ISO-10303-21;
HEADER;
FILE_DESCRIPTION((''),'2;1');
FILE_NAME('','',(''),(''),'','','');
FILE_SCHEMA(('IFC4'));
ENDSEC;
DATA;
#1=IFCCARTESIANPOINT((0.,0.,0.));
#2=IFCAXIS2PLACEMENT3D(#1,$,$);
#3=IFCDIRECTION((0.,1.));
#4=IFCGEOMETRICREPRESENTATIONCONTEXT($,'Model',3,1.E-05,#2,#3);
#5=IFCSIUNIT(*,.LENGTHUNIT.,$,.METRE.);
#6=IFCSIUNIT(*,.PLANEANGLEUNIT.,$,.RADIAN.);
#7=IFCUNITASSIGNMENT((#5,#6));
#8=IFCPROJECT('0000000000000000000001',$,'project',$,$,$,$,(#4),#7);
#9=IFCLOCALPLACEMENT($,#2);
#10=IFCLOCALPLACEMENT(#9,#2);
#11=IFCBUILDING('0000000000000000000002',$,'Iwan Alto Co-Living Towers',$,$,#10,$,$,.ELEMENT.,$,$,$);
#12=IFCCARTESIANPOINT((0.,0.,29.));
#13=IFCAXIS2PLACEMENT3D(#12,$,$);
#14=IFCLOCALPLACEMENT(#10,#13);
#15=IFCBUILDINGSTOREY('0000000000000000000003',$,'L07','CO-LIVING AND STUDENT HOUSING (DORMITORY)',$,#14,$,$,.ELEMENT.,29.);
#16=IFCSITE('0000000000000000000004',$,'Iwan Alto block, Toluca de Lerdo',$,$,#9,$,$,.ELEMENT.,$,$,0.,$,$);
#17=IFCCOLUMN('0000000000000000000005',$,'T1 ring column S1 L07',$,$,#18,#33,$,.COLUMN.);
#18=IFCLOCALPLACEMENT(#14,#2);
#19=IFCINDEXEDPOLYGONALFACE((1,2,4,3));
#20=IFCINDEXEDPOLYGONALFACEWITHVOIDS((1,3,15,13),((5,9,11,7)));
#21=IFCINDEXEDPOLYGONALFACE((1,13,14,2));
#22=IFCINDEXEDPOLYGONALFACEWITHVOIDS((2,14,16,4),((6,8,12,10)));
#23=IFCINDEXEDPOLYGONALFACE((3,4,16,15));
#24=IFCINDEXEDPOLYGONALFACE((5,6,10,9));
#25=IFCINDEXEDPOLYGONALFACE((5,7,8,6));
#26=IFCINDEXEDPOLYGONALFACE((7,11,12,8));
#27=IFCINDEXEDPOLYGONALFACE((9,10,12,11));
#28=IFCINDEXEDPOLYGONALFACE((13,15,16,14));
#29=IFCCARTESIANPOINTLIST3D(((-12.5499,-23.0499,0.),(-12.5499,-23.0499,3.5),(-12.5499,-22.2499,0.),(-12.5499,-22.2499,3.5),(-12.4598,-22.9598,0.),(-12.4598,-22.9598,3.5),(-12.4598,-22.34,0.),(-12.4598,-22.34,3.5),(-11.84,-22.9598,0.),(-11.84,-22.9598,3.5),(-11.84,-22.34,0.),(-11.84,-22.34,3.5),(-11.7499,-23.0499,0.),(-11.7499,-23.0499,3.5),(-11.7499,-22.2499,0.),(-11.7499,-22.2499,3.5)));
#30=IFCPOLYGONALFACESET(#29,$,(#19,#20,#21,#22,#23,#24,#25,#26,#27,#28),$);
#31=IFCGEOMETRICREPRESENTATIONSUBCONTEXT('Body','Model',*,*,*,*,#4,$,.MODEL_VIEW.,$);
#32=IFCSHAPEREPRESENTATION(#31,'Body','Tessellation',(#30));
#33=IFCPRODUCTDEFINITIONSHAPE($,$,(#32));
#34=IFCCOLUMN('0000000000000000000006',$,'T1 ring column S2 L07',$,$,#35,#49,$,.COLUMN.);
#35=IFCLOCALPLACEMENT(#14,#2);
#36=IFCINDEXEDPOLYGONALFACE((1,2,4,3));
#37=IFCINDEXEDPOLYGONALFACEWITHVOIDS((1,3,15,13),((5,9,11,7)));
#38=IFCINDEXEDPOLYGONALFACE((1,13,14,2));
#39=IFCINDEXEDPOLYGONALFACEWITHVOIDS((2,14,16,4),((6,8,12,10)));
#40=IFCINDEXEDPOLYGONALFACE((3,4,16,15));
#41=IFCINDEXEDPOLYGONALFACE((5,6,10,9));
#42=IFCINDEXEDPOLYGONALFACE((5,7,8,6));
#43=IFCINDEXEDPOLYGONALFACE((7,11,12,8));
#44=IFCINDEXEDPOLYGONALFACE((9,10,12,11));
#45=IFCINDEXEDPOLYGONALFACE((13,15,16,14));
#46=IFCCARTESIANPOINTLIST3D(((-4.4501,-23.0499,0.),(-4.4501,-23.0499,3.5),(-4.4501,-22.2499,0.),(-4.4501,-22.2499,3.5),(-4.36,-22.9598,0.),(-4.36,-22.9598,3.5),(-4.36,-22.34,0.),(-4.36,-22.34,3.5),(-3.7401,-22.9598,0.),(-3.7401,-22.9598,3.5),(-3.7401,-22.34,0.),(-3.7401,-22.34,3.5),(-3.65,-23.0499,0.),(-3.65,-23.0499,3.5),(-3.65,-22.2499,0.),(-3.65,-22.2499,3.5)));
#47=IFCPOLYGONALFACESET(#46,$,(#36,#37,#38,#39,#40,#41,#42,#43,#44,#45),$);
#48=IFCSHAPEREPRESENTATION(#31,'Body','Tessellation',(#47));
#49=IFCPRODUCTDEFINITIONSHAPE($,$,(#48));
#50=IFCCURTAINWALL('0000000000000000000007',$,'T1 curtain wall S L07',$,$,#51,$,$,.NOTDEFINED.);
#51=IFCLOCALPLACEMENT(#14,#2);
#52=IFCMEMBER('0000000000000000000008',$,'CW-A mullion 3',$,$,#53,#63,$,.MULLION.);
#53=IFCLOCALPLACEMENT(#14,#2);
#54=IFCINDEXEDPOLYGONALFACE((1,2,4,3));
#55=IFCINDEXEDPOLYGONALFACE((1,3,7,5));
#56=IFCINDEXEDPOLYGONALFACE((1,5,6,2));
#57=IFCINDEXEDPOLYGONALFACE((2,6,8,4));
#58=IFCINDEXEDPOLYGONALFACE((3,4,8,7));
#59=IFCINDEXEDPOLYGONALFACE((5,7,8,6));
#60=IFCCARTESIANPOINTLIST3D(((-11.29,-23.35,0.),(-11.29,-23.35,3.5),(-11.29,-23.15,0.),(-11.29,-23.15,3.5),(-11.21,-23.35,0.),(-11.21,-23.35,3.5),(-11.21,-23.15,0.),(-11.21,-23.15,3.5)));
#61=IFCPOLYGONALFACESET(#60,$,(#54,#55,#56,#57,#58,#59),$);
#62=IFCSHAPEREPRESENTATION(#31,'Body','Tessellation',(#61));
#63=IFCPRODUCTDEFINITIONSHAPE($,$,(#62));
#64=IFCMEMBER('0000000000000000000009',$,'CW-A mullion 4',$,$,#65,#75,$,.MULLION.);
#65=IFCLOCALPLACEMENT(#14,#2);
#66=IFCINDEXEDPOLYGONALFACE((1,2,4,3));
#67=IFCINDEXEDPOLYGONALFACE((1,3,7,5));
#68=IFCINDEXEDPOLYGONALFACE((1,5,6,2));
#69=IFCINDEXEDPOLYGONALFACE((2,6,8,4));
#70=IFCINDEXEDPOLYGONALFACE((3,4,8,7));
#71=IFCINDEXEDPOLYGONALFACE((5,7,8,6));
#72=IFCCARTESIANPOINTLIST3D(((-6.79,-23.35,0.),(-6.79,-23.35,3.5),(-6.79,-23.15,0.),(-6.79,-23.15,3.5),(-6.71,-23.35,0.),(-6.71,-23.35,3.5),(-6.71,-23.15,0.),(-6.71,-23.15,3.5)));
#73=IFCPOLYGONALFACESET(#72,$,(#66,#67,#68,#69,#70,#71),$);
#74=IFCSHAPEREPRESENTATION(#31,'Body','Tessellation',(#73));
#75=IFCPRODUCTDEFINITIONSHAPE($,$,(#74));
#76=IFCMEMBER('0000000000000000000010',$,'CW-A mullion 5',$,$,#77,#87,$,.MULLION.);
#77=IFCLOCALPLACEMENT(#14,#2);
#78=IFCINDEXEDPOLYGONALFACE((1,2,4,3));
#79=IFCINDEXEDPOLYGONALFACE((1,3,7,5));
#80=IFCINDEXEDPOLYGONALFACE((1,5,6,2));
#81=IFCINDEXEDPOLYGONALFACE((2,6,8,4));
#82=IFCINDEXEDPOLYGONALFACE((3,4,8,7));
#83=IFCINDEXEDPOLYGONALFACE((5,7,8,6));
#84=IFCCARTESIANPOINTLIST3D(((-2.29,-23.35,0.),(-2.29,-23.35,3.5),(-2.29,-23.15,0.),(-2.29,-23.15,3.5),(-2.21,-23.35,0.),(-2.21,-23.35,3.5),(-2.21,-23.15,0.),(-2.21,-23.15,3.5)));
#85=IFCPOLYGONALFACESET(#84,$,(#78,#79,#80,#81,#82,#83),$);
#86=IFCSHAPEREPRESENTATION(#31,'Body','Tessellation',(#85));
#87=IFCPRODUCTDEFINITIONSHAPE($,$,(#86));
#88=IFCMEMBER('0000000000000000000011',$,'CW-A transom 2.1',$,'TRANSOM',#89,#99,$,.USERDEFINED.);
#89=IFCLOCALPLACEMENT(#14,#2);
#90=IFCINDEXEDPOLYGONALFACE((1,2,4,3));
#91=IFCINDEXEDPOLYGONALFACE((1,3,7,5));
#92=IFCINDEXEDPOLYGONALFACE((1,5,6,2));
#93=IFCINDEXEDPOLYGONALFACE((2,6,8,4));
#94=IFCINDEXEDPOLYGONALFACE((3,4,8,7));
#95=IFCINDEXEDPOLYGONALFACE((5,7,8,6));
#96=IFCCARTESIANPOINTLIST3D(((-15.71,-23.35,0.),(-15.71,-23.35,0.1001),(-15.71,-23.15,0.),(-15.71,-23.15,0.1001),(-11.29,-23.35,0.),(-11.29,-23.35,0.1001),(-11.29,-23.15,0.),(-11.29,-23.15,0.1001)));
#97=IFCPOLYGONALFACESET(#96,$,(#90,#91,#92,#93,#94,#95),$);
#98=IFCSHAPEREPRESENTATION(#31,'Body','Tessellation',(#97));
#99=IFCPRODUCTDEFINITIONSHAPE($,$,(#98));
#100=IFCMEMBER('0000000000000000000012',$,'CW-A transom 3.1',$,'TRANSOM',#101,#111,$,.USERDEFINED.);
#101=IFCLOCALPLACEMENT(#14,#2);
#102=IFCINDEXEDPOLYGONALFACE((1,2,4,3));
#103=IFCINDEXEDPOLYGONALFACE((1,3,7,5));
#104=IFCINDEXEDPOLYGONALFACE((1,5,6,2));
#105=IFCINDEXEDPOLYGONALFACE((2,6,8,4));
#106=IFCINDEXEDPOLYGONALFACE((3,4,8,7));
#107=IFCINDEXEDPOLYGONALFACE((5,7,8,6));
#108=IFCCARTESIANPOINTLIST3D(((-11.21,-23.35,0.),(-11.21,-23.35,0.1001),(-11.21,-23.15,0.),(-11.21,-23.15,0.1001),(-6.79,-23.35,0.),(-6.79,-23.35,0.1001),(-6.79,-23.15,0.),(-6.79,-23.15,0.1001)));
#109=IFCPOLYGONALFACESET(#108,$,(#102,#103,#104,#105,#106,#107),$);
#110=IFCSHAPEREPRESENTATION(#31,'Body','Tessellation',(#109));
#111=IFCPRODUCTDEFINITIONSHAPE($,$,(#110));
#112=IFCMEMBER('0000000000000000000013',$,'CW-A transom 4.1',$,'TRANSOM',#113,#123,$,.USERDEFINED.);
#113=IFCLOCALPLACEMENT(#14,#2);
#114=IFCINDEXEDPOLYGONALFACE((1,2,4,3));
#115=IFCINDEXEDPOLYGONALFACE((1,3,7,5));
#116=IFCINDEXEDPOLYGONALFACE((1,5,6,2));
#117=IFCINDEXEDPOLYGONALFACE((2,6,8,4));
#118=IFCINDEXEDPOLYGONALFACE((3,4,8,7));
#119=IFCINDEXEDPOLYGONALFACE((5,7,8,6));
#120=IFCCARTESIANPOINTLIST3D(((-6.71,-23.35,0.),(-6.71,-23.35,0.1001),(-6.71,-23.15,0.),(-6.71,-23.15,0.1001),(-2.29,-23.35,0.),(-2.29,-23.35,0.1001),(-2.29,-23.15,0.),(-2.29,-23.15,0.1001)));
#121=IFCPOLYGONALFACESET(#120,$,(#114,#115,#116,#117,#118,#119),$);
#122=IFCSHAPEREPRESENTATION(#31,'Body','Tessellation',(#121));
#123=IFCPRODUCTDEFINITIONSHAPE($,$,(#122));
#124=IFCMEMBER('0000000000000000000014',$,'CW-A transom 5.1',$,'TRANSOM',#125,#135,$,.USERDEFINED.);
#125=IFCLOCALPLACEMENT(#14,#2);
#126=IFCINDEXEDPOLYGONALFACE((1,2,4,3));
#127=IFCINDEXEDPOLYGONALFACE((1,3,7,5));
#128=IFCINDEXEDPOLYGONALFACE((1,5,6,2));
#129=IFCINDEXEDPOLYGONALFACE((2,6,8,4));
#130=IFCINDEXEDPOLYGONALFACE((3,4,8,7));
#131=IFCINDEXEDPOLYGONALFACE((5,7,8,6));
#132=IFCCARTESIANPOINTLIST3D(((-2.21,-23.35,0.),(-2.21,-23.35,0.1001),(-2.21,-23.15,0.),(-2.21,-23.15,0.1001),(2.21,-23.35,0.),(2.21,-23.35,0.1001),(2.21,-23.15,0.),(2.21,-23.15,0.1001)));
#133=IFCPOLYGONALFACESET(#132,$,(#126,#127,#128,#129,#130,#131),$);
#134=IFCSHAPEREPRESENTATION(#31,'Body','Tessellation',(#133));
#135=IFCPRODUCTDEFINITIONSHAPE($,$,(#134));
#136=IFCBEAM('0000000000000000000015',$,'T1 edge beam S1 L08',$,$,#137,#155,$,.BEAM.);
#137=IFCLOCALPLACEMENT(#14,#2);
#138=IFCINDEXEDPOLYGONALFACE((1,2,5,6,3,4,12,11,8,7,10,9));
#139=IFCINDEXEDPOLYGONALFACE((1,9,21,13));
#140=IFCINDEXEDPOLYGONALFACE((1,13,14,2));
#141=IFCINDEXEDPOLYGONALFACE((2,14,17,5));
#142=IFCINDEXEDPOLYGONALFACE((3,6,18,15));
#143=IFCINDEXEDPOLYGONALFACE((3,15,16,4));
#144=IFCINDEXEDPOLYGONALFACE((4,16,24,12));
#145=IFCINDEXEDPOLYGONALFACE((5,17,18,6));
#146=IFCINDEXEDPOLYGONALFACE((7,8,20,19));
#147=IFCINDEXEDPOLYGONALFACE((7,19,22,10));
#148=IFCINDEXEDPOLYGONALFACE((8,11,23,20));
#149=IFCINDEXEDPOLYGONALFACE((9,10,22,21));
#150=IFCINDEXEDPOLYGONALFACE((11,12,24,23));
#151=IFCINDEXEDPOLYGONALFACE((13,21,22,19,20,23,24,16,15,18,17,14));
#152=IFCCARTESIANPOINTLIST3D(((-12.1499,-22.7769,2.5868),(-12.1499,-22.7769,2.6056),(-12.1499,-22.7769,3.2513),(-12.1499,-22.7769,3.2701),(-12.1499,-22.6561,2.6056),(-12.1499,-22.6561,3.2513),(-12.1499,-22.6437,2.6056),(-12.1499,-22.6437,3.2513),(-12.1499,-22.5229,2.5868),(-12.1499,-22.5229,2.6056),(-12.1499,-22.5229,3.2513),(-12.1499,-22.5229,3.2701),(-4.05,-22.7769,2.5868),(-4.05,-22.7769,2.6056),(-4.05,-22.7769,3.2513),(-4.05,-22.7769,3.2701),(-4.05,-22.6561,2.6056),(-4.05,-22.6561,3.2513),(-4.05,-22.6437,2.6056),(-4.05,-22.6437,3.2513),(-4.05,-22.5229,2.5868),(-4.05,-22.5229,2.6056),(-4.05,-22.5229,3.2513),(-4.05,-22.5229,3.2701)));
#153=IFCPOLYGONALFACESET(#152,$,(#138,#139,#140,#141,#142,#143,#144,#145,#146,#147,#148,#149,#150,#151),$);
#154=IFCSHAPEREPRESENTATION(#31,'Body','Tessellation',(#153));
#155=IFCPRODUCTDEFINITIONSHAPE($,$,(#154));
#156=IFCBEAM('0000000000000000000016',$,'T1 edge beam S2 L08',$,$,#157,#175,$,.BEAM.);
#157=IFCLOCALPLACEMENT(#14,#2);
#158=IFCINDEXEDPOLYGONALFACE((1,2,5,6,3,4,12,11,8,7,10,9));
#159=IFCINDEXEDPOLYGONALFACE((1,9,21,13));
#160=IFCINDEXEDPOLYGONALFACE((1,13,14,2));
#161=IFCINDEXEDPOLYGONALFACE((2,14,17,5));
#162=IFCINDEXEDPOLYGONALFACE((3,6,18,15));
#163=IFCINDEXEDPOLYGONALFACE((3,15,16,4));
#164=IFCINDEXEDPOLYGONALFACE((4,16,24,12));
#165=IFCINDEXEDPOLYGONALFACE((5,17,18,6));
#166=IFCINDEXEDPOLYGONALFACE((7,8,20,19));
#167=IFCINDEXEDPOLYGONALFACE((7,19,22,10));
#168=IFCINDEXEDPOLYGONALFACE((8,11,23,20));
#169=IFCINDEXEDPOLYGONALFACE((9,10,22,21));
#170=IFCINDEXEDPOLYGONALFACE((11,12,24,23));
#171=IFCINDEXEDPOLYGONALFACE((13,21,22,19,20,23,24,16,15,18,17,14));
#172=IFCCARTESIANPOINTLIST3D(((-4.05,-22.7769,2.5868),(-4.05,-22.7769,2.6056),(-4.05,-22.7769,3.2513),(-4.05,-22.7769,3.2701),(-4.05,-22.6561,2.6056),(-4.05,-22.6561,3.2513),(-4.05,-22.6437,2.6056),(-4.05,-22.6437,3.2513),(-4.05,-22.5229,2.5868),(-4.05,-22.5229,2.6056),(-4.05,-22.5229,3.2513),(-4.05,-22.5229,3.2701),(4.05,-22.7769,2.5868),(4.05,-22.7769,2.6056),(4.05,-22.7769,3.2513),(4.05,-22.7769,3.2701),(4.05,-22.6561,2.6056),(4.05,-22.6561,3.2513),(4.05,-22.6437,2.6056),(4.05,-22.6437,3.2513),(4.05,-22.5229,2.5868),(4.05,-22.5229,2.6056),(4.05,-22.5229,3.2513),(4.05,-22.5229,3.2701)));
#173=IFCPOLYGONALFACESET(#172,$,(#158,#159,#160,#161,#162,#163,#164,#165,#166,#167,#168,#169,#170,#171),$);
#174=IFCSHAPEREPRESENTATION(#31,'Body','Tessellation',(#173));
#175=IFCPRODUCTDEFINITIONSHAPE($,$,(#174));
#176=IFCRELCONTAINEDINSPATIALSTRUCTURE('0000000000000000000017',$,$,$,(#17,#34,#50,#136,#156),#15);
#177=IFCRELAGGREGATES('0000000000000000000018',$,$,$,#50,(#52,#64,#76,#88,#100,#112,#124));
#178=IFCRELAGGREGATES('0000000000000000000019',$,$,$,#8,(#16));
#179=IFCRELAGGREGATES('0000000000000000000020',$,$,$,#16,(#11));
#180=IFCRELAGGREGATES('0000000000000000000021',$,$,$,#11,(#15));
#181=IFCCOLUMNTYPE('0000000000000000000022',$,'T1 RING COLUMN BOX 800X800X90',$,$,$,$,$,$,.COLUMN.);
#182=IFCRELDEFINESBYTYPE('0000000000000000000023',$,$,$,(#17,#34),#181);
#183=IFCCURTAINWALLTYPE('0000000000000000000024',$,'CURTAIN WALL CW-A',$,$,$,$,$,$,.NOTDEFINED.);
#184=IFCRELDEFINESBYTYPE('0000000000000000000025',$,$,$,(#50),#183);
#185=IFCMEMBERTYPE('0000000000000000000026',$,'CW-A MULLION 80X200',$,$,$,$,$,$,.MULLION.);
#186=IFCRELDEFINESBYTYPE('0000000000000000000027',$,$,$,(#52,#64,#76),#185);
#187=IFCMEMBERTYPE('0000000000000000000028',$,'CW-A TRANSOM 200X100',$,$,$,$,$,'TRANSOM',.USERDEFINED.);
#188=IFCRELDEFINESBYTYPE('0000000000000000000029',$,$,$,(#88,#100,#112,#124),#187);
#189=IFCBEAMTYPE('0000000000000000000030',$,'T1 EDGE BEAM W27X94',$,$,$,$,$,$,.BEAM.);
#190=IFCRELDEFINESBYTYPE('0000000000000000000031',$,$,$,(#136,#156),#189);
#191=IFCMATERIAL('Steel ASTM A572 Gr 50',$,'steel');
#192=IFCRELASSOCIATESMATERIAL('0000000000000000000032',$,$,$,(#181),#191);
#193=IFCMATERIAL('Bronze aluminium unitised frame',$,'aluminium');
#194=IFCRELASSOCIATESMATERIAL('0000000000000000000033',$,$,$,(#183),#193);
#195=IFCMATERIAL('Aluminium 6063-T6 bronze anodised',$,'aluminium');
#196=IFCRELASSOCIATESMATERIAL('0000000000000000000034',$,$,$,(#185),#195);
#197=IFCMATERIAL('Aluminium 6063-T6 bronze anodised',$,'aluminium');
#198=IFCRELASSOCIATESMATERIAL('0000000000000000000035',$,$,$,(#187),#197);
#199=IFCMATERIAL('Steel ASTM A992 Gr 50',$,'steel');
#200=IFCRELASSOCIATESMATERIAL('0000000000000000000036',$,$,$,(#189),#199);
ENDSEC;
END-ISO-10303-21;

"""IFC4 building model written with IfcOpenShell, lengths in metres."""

from ifc_helpers import new_model, si_unit, direction, frame, origin, origin_2d, place, context, subcontext, project, spatial, rectangle, hollow_rectangle, i_section, extrude, material, material_profile, profile_set, type_object, element, aggregate, save


model = new_model("IFC4")

# Units and contexts
model_context = context("Model", 3, precision=1e-05, world=origin(), true_north=direction((0.0, 1.0)))
body_context = subcontext(model_context, "Body", "Model", "MODEL_VIEW")
ifc_project = project(units=[si_unit("LENGTHUNIT", "METRE"), si_unit("PLANEANGLEUNIT", "RADIAN")], contexts=[model_context])

# Site, building, storey
site_placement = place(None, origin())
site = spatial("IfcSite", under=ifc_project, at=site_placement, Name="Iwan Alto block, Toluca de Lerdo", CompositionType="ELEMENT", RefElevation=0.0)
building_placement = place(site_placement, origin())
building = spatial("IfcBuilding", under=site, at=building_placement, Name="Iwan Alto Co-Living Towers", CompositionType="ELEMENT")
storey_placement = place(building_placement, frame((0.0, 0.0, 29.0)))
storey = spatial("IfcBuildingStorey", under=building, at=storey_placement, Name="L07", Description="CO-LIVING AND STUDENT HOUSING (DORMITORY)", CompositionType="ELEMENT", Elevation=29.0)

# Columns
ifc_material_1 = material(Name="Steel ASTM A572 Gr 50", Category="steel")
ifc_material_profile_1 = material_profile(ifc_material_1, hollow_rectangle(XDim=0.8, YDim=0.8, WallThickness=0.0901, at=origin_2d()), Name="BOX 800X800X90")
ifc_profile_set_1 = profile_set([ifc_material_profile_1], Name="Steel ASTM A572 Gr 50")
column_type = type_object("IfcColumnType", Name="T1 RING COLUMN BOX 800X800X90", PredefinedType="COLUMN", material=ifc_profile_set_1)
for number, where, z_axis, x_axis, name in (
    (1, (-12.1499, -22.6499, 0.0), (0.0, 0.0, 1.0), (1.0, 0.0, 0.0), "T1 ring column S1 L07"),
    (2, (-4.05, -22.6499, 0.0), (0.0, 0.0, 1.0), (1.0, 0.0, 0.0), "T1 ring column S2 L07"),
):
    element("IfcColumn", number, at=place(storey_placement, frame(where, z_axis=z_axis, x_axis=x_axis)), inside=storey, type_object=column_type, Name=name, PredefinedType="COLUMN", context=body_context, shape_type="SweptSolid", body=[
        extrude(hollow_rectangle(XDim=0.8, YDim=0.8, WallThickness=0.0901, at=origin_2d()), origin(), (0.0, 0.0, 1.0), 3.5),
    ])

# Curtain wall, members
ifc_material_2 = material(Name="Bronze aluminium unitised frame", Category="aluminium")
curtain_wall_type = type_object("IfcCurtainWallType", Name="CURTAIN WALL CW-A", PredefinedType="NOTDEFINED", material=ifc_material_2)
curtain_wall_placement = place(storey_placement, origin())
curtain_wall = element("IfcCurtainWall", 3, at=curtain_wall_placement, inside=storey, type_object=curtain_wall_type, Name="T1 curtain wall S L07", PredefinedType="NOTDEFINED")
ifc_material_3 = material(Name="Aluminium 6063-T6 bronze anodised", Category="aluminium")
ifc_material_profile_2 = material_profile(ifc_material_3, rectangle(XDim=0.2, YDim=0.0801, at=origin_2d()), Name="AL 80X200")
ifc_profile_set_2 = profile_set([ifc_material_profile_2], Name="Aluminium 6063-T6 bronze anodised")
member_type_1 = type_object("IfcMemberType", Name="CW-A MULLION 80X200", PredefinedType="MULLION", material=ifc_profile_set_2)
member_1_placement = place(storey_placement, frame((-11.25, -23.25, 0.0), z_axis=(0.0, 0.0, 1.0), x_axis=(0.0, 1.0, 0.0)))
member_1 = element("IfcMember", 4, at=member_1_placement, type_object=member_type_1, Name="CW-A mullion 3", PredefinedType="MULLION", context=body_context, shape_type="SweptSolid", body=[
    extrude(rectangle(XDim=0.2, YDim=0.0801, at=origin_2d()), origin(), (0.0, 0.0, 1.0), 3.5),
])
member_2_placement = place(storey_placement, frame((-6.75, -23.25, 0.0), z_axis=(0.0, 0.0, 1.0), x_axis=(0.0, 1.0, 0.0)))
member_2 = element("IfcMember", 5, at=member_2_placement, type_object=member_type_1, Name="CW-A mullion 4", PredefinedType="MULLION", context=body_context, shape_type="SweptSolid", body=[
    extrude(rectangle(XDim=0.2, YDim=0.0801, at=origin_2d()), origin(), (0.0, 0.0, 1.0), 3.5),
])
member_3_placement = place(storey_placement, frame((-2.25, -23.25, 0.0), z_axis=(0.0, 0.0, 1.0), x_axis=(0.0, 1.0, 0.0)))
member_3 = element("IfcMember", 6, at=member_3_placement, type_object=member_type_1, Name="CW-A mullion 5", PredefinedType="MULLION", context=body_context, shape_type="SweptSolid", body=[
    extrude(rectangle(XDim=0.2, YDim=0.0801, at=origin_2d()), origin(), (0.0, 0.0, 1.0), 3.5),
])
ifc_material_4 = material(Name="Aluminium 6063-T6 bronze anodised", Category="aluminium")
ifc_material_profile_3 = material_profile(ifc_material_4, rectangle(XDim=0.2, YDim=0.1001, at=origin_2d()), Name="AL 200X100")
ifc_profile_set_3 = profile_set([ifc_material_profile_3], Name="Aluminium 6063-T6 bronze anodised")
member_type_2 = type_object("IfcMemberType", Name="CW-A TRANSOM 200X100", ElementType="TRANSOM", PredefinedType="USERDEFINED", material=ifc_profile_set_3)
member_4_placement = place(storey_placement, frame((-15.71, -23.25, 0.05), z_axis=(1.0, 0.0, 0.0), x_axis=(0.0, 1.0, 0.0)))
member_4 = element("IfcMember", 7, at=member_4_placement, type_object=member_type_2, Name="CW-A transom 2.1", ObjectType="TRANSOM", PredefinedType="USERDEFINED", context=body_context, shape_type="SweptSolid", body=[
    extrude(rectangle(XDim=0.2, YDim=0.1001, at=origin_2d()), origin(), (0.0, 0.0, 1.0), 4.4199),
])
member_5_placement = place(storey_placement, frame((-11.21, -23.25, 0.05), z_axis=(1.0, 0.0, 0.0), x_axis=(0.0, 1.0, 0.0)))
member_5 = element("IfcMember", 8, at=member_5_placement, type_object=member_type_2, Name="CW-A transom 3.1", ObjectType="TRANSOM", PredefinedType="USERDEFINED", context=body_context, shape_type="SweptSolid", body=[
    extrude(rectangle(XDim=0.2, YDim=0.1001, at=origin_2d()), origin(), (0.0, 0.0, 1.0), 4.4199),
])
member_6_placement = place(storey_placement, frame((-6.71, -23.25, 0.05), z_axis=(1.0, 0.0, 0.0), x_axis=(0.0, 1.0, 0.0)))
member_6 = element("IfcMember", 9, at=member_6_placement, type_object=member_type_2, Name="CW-A transom 4.1", ObjectType="TRANSOM", PredefinedType="USERDEFINED", context=body_context, shape_type="SweptSolid", body=[
    extrude(rectangle(XDim=0.2, YDim=0.1001, at=origin_2d()), origin(), (0.0, 0.0, 1.0), 4.4199),
])
member_7_placement = place(storey_placement, frame((-2.21, -23.25, 0.05), z_axis=(1.0, 0.0, 0.0), x_axis=(0.0, 1.0, 0.0)))
member_7 = element("IfcMember", 10, at=member_7_placement, type_object=member_type_2, Name="CW-A transom 5.1", ObjectType="TRANSOM", PredefinedType="USERDEFINED", context=body_context, shape_type="SweptSolid", body=[
    extrude(rectangle(XDim=0.2, YDim=0.1001, at=origin_2d()), origin(), (0.0, 0.0, 1.0), 4.4199),
])

# Beams
ifc_material_5 = material(Name="Steel ASTM A992 Gr 50", Category="steel")
ifc_material_profile_4 = material_profile(ifc_material_5, i_section(OverallWidth=0.2539, OverallDepth=0.6833, WebThickness=0.0125, FlangeThickness=0.0188, at=origin_2d()), Name="W27X94")
ifc_profile_set_4 = profile_set([ifc_material_profile_4], Name="Steel ASTM A992 Gr 50")
beam_type_1 = type_object("IfcBeamType", Name="T1 EDGE BEAM W27X94", PredefinedType="BEAM", material=ifc_profile_set_4)
beam_1_placement = place(storey_placement, frame((-12.1499, -22.6499, 2.9285), z_axis=(1.0, 0.0, 0.0), x_axis=(0.0, 1.0, 0.0)))
element("IfcBeam", 11, at=beam_1_placement, inside=storey, type_object=beam_type_1, Name="T1 edge beam S1 L08", PredefinedType="BEAM", context=body_context, shape_type="SweptSolid", body=[
    extrude(i_section(OverallWidth=0.2539, OverallDepth=0.6833, WebThickness=0.0125, FlangeThickness=0.0188, at=origin_2d()), origin(), (0.0, 0.0, 1.0), 8.0999),
])
beam_2_placement = place(storey_placement, frame((-4.05, -22.6499, 2.9285), z_axis=(1.0, 0.0, 0.0), x_axis=(0.0, 1.0, 0.0)))
element("IfcBeam", 12, at=beam_2_placement, inside=storey, type_object=beam_type_1, Name="T1 edge beam S2 L08", PredefinedType="BEAM", context=body_context, shape_type="SweptSolid", body=[
    extrude(i_section(OverallWidth=0.2539, OverallDepth=0.6833, WebThickness=0.0125, FlangeThickness=0.0188, at=origin_2d()), origin(), (0.0, 0.0, 1.0), 8.1001),
])

aggregate(curtain_wall, [member_1, member_2, member_3, member_4, member_5, member_6, member_7])

save(model, "model.ifc")
